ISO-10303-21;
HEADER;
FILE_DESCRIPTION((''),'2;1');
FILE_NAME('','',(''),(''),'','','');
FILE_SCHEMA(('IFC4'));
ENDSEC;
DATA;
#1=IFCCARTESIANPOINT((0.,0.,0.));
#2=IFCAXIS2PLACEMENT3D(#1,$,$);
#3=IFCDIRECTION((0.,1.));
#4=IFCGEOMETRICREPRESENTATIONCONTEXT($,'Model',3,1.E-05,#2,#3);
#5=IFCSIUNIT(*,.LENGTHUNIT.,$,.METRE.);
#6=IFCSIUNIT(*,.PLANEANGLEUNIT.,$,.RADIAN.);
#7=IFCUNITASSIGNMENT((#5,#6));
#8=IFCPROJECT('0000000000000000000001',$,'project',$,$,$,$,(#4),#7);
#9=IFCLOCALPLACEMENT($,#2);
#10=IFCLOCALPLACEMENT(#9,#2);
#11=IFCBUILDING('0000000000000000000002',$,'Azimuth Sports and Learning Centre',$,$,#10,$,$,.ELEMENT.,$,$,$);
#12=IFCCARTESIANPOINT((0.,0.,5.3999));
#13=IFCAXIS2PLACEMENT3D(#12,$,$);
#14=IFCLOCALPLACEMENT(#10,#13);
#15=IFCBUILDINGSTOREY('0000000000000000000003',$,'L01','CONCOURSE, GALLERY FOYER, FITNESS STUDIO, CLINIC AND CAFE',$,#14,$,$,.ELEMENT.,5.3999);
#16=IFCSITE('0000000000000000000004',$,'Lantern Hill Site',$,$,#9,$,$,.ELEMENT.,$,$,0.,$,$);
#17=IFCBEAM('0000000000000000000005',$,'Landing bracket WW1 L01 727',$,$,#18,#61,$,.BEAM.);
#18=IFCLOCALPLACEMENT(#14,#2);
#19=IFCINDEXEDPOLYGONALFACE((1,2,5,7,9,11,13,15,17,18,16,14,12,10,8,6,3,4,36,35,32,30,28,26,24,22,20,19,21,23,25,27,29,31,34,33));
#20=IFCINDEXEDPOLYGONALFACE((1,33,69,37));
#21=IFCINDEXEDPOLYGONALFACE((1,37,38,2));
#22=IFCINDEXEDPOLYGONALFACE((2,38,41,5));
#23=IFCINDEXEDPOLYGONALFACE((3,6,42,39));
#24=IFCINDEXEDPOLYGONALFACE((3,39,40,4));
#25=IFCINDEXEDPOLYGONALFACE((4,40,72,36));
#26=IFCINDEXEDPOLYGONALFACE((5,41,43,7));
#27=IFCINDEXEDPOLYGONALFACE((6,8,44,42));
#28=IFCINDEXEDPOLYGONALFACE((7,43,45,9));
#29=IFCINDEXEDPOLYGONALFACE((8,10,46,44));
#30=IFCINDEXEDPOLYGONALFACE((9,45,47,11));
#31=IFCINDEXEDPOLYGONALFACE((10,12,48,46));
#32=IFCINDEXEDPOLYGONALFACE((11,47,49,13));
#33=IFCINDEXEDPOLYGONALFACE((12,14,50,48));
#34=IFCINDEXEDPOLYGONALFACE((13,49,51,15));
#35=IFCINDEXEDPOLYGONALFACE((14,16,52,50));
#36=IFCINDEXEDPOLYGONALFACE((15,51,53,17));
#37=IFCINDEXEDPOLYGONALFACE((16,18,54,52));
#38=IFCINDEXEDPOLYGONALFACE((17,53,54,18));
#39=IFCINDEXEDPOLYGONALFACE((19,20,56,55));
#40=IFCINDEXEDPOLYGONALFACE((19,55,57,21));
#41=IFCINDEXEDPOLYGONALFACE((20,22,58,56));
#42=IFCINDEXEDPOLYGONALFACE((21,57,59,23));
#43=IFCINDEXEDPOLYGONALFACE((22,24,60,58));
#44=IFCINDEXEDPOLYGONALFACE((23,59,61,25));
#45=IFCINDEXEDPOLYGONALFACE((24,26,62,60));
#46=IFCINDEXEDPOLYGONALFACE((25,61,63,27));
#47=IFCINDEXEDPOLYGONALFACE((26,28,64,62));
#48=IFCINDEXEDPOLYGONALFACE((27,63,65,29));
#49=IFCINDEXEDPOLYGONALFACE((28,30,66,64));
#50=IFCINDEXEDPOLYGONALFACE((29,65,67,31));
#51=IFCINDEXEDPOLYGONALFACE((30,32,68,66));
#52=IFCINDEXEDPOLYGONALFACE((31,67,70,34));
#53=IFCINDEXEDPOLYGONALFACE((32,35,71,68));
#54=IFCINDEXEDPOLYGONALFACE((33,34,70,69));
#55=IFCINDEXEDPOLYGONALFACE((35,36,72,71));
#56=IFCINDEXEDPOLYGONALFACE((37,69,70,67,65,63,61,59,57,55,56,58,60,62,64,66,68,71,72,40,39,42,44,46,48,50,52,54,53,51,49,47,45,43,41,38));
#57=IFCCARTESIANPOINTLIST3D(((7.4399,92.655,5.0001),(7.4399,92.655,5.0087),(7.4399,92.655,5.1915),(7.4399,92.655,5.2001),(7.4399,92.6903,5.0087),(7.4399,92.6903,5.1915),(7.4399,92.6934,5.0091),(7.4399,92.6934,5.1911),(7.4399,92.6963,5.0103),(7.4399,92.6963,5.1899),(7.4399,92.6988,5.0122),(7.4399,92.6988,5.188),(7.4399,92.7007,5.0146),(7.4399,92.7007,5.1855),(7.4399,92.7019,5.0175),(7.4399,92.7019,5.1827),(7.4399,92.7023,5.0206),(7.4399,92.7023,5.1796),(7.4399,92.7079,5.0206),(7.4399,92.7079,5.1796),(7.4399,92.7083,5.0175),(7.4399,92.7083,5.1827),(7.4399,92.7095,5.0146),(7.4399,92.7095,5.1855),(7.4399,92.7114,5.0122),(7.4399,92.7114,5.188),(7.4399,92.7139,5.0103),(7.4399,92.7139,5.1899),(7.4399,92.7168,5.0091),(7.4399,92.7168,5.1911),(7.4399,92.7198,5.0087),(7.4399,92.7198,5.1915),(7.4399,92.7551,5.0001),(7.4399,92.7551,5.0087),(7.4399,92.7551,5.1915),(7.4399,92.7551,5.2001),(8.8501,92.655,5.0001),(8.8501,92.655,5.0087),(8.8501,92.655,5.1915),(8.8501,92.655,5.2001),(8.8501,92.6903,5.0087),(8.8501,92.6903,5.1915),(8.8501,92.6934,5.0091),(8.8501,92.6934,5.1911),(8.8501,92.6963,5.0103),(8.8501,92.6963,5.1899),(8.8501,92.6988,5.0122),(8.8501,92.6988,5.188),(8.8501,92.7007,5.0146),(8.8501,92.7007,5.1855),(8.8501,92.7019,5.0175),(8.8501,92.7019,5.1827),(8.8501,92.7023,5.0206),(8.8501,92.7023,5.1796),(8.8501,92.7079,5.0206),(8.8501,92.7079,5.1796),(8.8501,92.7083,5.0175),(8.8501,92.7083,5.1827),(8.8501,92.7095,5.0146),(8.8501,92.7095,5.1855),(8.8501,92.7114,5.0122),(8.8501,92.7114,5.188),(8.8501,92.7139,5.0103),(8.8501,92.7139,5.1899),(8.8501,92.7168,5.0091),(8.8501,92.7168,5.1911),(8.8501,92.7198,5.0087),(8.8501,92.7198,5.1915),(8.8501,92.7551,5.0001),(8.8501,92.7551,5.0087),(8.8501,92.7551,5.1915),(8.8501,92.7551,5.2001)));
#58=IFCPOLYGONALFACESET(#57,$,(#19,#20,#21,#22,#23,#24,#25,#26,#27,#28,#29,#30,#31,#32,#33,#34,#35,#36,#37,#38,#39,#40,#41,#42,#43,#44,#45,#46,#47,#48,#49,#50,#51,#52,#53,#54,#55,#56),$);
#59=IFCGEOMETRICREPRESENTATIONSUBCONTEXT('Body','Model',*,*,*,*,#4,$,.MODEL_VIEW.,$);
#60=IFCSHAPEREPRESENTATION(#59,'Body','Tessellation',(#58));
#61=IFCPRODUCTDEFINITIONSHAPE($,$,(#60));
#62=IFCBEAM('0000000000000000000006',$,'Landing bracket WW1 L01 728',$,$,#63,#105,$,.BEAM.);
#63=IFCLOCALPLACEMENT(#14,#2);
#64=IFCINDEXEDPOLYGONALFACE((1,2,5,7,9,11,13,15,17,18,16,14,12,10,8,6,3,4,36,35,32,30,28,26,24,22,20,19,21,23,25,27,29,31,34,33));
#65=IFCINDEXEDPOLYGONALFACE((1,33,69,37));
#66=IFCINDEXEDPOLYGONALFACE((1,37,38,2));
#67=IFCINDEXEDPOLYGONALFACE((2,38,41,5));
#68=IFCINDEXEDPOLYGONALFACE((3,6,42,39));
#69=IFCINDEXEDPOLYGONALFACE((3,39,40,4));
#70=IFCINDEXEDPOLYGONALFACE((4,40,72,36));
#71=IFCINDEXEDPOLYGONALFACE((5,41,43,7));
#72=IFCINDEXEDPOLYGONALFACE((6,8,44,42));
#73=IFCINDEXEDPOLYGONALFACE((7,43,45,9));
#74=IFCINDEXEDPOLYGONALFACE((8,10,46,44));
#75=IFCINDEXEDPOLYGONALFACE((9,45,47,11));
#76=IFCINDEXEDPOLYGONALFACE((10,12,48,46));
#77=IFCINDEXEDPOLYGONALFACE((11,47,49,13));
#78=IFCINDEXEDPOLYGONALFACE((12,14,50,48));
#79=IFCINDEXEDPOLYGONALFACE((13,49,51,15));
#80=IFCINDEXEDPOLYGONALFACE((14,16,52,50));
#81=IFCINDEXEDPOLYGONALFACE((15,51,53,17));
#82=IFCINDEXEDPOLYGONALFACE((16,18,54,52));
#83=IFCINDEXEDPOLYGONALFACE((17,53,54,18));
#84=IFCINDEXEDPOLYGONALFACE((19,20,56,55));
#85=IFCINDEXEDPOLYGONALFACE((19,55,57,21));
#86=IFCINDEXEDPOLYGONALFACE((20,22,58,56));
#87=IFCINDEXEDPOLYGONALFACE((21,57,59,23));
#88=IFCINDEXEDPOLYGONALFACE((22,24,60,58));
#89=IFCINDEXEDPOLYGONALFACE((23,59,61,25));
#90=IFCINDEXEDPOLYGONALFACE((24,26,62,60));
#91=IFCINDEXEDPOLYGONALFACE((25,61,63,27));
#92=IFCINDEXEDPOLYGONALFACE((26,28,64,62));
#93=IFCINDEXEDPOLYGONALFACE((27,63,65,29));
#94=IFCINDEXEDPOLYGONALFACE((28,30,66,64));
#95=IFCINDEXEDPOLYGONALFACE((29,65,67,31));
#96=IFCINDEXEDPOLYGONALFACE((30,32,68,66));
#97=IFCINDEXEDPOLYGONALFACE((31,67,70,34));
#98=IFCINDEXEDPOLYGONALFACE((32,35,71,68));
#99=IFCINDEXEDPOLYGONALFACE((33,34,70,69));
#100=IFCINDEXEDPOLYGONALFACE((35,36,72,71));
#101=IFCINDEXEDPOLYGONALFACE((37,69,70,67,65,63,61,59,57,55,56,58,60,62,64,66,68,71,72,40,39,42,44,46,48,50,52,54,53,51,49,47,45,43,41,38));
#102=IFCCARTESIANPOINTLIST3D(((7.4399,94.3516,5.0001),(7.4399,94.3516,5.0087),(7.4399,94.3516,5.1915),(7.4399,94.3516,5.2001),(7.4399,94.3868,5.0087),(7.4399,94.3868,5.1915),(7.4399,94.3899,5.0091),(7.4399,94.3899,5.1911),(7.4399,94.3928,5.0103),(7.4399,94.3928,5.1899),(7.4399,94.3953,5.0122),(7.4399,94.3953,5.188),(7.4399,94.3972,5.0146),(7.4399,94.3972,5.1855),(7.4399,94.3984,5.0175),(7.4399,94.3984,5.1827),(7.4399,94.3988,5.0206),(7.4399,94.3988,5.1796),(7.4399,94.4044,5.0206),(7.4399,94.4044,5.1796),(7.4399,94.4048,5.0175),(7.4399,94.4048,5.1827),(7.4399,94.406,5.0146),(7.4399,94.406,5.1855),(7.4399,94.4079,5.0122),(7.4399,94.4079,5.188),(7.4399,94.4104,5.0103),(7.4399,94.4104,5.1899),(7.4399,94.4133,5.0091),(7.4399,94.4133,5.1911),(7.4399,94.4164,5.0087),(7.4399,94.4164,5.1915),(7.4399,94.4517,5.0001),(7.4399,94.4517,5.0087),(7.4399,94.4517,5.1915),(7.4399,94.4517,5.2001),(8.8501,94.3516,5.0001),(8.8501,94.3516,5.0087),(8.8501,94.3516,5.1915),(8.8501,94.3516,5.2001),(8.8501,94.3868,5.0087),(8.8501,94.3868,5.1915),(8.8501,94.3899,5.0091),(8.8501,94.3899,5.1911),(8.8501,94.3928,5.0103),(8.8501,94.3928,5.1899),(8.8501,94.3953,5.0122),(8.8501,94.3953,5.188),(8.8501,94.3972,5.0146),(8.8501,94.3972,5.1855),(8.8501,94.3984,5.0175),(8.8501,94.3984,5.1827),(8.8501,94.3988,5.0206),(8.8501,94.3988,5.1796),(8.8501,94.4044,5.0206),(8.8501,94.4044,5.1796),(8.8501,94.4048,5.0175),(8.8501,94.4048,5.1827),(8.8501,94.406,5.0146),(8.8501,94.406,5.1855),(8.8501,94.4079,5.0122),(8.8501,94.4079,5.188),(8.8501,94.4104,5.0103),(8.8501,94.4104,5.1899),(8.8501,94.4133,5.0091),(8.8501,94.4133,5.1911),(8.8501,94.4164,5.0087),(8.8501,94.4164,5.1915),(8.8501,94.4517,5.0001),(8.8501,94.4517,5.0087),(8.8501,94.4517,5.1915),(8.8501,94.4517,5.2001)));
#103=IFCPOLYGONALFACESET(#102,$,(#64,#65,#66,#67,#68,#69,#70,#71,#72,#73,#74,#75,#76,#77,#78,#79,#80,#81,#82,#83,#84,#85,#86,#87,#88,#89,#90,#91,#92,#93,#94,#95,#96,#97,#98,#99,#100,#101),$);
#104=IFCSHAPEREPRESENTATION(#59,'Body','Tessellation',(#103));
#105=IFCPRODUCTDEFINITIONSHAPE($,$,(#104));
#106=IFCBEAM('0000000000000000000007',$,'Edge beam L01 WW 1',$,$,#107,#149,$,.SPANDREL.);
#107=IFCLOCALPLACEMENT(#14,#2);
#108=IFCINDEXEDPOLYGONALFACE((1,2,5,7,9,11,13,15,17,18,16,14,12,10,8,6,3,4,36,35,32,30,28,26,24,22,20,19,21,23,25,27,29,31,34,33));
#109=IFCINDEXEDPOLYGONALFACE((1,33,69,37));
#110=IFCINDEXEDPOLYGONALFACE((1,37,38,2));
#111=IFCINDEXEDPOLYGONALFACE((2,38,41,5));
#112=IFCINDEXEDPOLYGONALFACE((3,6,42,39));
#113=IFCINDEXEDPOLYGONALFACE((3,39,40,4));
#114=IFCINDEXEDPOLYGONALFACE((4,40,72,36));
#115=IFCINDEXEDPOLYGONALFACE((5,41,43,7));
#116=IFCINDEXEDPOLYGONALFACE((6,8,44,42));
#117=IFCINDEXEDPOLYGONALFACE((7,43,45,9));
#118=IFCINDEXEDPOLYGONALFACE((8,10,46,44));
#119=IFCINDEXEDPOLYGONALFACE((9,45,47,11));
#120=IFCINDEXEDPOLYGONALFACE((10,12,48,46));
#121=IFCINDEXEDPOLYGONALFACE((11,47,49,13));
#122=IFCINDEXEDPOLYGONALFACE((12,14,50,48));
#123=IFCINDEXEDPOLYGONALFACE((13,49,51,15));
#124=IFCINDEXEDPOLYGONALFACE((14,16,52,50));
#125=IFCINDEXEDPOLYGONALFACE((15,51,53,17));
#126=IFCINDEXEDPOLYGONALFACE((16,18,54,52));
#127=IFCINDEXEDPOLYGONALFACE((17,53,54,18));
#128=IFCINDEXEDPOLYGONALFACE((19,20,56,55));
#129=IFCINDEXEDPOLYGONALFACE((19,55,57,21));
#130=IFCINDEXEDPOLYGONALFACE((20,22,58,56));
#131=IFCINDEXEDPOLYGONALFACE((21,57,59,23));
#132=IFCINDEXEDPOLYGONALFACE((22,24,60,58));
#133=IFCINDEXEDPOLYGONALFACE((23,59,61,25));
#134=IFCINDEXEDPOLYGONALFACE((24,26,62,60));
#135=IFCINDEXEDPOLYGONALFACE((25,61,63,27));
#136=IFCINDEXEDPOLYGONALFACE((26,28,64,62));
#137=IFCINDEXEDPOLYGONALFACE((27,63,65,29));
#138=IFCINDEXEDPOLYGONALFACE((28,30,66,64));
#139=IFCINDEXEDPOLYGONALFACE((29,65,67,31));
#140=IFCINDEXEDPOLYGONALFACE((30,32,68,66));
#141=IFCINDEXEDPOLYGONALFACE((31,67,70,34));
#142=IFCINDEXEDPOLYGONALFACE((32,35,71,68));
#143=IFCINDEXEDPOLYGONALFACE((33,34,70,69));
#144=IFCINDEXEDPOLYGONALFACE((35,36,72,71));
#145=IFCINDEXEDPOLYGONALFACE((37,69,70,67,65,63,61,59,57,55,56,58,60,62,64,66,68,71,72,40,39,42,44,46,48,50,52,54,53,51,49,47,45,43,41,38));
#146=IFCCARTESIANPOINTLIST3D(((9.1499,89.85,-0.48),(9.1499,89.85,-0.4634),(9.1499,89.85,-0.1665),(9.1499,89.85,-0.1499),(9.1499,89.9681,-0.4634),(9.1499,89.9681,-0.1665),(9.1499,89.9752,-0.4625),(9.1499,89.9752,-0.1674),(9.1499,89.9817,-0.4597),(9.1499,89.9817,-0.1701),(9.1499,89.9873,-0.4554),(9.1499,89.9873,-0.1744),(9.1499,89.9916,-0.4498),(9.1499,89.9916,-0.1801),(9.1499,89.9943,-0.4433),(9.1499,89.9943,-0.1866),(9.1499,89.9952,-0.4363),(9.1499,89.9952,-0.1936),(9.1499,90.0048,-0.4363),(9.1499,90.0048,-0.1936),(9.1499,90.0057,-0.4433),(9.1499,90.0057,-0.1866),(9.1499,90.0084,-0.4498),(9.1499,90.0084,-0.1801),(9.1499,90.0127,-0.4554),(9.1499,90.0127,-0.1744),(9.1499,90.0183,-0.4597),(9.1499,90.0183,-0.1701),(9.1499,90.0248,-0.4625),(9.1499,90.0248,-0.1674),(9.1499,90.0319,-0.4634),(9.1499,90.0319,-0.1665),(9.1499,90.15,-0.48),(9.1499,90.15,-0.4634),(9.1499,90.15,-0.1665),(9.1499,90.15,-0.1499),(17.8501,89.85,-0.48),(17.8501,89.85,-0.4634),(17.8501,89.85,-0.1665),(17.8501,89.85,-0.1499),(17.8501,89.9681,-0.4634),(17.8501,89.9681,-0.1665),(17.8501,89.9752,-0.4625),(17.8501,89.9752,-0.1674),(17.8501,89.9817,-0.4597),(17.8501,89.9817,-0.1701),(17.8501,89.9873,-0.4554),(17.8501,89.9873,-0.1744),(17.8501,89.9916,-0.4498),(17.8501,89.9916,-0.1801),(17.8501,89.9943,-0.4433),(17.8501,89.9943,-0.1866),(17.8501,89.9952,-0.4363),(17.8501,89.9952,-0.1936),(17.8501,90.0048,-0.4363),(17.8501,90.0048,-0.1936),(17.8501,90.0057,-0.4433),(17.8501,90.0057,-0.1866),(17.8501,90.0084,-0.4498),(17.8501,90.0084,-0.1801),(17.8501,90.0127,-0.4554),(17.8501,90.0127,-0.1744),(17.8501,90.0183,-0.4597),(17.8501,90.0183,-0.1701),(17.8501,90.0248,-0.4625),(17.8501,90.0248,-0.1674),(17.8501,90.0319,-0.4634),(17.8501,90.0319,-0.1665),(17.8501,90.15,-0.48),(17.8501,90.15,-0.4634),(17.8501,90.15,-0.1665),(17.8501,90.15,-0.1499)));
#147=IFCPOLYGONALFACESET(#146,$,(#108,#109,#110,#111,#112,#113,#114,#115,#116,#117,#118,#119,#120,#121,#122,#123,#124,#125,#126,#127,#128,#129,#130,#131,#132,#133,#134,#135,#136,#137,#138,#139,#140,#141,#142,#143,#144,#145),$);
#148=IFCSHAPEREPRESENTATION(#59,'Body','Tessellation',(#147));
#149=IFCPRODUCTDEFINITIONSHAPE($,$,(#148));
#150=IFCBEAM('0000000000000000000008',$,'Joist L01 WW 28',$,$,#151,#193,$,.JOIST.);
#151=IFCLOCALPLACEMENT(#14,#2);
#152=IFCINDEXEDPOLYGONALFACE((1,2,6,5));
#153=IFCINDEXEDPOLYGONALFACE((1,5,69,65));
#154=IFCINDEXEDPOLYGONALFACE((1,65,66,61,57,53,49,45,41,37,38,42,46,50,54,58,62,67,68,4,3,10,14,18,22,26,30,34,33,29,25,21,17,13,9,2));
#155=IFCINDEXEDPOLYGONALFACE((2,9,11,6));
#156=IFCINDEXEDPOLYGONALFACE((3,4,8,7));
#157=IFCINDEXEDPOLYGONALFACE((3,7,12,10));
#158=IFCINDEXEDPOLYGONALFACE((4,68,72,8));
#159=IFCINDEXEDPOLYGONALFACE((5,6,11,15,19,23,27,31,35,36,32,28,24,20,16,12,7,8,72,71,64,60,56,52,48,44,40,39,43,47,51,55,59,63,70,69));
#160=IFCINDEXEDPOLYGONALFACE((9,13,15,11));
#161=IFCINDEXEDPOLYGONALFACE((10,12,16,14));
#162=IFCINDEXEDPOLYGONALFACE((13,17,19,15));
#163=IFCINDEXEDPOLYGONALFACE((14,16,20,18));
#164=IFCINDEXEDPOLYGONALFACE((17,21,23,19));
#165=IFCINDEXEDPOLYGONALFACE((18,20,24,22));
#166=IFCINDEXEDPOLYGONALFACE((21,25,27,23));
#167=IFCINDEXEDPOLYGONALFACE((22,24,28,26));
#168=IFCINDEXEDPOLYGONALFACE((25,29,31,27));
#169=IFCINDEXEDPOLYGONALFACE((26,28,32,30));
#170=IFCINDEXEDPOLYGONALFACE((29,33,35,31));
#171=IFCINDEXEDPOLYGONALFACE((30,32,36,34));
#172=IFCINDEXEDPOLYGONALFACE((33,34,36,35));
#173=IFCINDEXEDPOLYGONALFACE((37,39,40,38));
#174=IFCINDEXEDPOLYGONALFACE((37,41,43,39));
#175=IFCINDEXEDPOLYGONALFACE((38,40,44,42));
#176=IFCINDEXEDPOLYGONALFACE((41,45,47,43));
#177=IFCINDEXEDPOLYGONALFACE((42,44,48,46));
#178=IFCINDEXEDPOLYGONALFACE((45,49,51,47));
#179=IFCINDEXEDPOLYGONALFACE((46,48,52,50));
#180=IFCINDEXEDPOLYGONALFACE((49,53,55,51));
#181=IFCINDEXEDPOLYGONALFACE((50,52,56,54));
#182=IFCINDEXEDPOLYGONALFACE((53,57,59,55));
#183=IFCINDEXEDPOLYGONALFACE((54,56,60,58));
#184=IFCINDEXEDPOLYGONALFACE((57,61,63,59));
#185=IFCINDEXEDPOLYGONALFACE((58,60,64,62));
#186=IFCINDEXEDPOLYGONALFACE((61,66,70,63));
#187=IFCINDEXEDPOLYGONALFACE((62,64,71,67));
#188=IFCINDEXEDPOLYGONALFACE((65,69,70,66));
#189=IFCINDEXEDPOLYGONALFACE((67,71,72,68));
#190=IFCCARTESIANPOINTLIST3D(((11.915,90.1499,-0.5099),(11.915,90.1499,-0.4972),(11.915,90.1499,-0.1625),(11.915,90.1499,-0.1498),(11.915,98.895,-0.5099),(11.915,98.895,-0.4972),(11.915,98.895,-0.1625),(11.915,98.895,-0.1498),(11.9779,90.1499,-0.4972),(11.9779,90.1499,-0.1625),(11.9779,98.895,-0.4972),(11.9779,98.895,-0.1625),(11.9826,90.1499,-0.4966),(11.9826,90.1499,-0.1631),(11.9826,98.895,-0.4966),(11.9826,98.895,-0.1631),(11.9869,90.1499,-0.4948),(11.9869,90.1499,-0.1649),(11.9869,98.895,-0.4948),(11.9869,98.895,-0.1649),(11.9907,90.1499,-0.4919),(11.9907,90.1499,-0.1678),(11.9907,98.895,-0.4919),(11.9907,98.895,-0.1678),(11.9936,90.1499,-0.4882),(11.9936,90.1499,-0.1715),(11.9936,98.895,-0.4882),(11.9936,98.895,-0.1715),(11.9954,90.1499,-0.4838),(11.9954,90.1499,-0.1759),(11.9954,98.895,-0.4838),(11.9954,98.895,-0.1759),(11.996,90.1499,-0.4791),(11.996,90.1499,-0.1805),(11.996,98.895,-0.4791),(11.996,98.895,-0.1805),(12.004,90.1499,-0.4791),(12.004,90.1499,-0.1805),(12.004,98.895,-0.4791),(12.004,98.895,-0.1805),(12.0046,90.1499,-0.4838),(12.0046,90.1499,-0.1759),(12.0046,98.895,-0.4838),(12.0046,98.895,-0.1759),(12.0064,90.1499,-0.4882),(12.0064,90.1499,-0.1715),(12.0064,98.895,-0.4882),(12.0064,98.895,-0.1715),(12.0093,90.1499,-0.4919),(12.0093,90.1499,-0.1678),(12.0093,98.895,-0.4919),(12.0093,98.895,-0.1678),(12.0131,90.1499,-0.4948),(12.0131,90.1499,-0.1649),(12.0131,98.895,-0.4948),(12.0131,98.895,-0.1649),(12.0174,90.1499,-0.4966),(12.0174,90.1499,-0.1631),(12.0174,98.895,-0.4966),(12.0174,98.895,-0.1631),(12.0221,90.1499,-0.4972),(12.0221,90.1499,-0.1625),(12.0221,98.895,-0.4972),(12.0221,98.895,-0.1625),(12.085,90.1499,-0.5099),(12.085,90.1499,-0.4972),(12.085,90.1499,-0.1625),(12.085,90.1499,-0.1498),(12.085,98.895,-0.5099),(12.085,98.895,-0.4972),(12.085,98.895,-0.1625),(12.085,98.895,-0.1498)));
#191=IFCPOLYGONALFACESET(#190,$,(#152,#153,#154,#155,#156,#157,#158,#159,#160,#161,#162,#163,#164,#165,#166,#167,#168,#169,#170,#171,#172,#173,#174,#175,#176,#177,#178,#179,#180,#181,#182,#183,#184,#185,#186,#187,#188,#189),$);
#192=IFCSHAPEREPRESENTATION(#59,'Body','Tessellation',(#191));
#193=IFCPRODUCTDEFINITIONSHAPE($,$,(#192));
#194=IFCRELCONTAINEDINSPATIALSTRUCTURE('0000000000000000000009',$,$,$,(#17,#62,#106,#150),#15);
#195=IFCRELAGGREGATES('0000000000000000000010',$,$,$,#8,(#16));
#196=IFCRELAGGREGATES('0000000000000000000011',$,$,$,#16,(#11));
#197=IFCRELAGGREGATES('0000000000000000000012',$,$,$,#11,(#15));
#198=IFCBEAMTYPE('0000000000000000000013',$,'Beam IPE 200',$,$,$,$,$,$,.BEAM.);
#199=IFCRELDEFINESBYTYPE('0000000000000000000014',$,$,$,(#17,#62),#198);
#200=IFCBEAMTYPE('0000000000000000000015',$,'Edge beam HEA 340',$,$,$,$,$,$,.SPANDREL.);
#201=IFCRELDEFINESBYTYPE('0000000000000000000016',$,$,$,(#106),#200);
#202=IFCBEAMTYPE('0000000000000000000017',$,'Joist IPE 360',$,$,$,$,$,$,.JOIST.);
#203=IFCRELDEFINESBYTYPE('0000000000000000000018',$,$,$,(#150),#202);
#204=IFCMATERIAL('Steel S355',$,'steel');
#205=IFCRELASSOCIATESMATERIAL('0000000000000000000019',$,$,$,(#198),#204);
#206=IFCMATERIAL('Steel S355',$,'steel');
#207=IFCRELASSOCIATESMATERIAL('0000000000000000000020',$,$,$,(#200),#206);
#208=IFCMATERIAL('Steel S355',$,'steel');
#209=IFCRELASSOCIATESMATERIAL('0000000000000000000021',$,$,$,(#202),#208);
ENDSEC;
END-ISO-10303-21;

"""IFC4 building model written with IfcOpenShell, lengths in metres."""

from ifc_helpers import new_model, si_unit, direction, frame, origin, origin_2d, place, context, subcontext, project, spatial, i_section, extrude, material, material_profile, profile_set, type_object, element, save


model = new_model("IFC4")

# Units and contexts
model_context = context("Model", 3, precision=1e-05, world=origin(), true_north=direction((0.0, 1.0)))
body_context = subcontext(model_context, "Body", "Model", "MODEL_VIEW")
ifc_project = project(units=[si_unit("LENGTHUNIT", "METRE"), si_unit("PLANEANGLEUNIT", "RADIAN")], contexts=[model_context])

# Site, building, storey
site_placement = place(None, origin())
site = spatial("IfcSite", under=ifc_project, at=site_placement, Name="Lantern Hill Site", CompositionType="ELEMENT", RefElevation=0.0)
building_placement = place(site_placement, origin())
building = spatial("IfcBuilding", under=site, at=building_placement, Name="Azimuth Sports and Learning Centre", CompositionType="ELEMENT")
storey_placement = place(building_placement, frame((0.0, 0.0, 5.3999)))
storey = spatial("IfcBuildingStorey", under=building, at=storey_placement, Name="L01", Description="CONCOURSE, GALLERY FOYER, FITNESS STUDIO, CLINIC AND CAFE", CompositionType="ELEMENT", Elevation=5.3999)

# Beams
ifc_material_1 = material(Name="Steel S355", Category="steel")
ifc_material_profile_1 = material_profile(ifc_material_1, i_section(OverallWidth=0.1001, OverallDepth=0.2, WebThickness=0.0056, FlangeThickness=0.0085, FilletRadius=0.012, at=origin_2d()), Name="IPE 200")
ifc_profile_set_1 = profile_set([ifc_material_profile_1], Name="Steel S355")
beam_type_1 = type_object("IfcBeamType", Name="Beam IPE 200", PredefinedType="BEAM", material=ifc_profile_set_1)
for number, where, z_axis, x_axis, name in (
    (1, (8.8501, 92.7051, 5.1001), (-1.0, 0.0, 0.0), (0.0, -1.0, 0.0), "Landing bracket WW1 L01 727"),
    (2, (8.8501, 94.4016, 5.1001), (-1.0, 0.0, 0.0), (0.0, -1.0, 0.0), "Landing bracket WW1 L01 728"),
):
    element("IfcBeam", number, at=place(storey_placement, frame(where, z_axis=z_axis, x_axis=x_axis)), inside=storey, type_object=beam_type_1, Name=name, PredefinedType="BEAM", context=body_context, shape_type="SweptSolid", body=[
        extrude(i_section(OverallWidth=0.1001, OverallDepth=0.2, WebThickness=0.0056, FlangeThickness=0.0085, FilletRadius=0.012, at=origin_2d()), origin(), (0.0, 0.0, 1.0), 1.4102),
    ])
ifc_material_2 = material(Name="Steel S355", Category="steel")
ifc_material_profile_2 = material_profile(ifc_material_2, i_section(OverallWidth=0.3, OverallDepth=0.3301, WebThickness=0.0095, FlangeThickness=0.0166, FilletRadius=0.0271, at=origin_2d()), Name="HEA 340")
ifc_profile_set_2 = profile_set([ifc_material_profile_2], Name="Steel S355")
beam_type_2 = type_object("IfcBeamType", Name="Edge beam HEA 340", PredefinedType="SPANDREL", material=ifc_profile_set_2)
beam_placement = place(storey_placement, frame((9.1499, 90.0, -0.3149), z_axis=(1.0, 0.0, 0.0), x_axis=(0.0, 1.0, 0.0)))
element("IfcBeam", 3, at=beam_placement, inside=storey, type_object=beam_type_2, Name="Edge beam L01 WW 1", PredefinedType="SPANDREL", context=body_context, shape_type="SweptSolid", body=[
    extrude(i_section(OverallWidth=0.3, OverallDepth=0.3301, WebThickness=0.0095, FlangeThickness=0.0166, FilletRadius=0.0271, at=origin_2d()), origin(), (0.0, 0.0, 1.0), 8.7002),
])
ifc_material_3 = material(Name="Steel S355", Category="steel")
ifc_material_profile_3 = material_profile(ifc_material_3, i_section(OverallWidth=0.1699, OverallDepth=0.3601, WebThickness=0.0081, FlangeThickness=0.0127, FilletRadius=0.0181, at=origin_2d()), Name="IPE 360")
ifc_profile_set_3 = profile_set([ifc_material_profile_3], Name="Steel S355")
beam_type_3 = type_object("IfcBeamType", Name="Joist IPE 360", PredefinedType="JOIST", material=ifc_profile_set_3)
for number, where, z_axis, x_axis, name in (
    (4, (12.0, 90.1499, -0.3298), (0.0, 1.0, 0.0), (-1.0, 0.0, 0.0), "Joist L01 WW 28"),
):
    element("IfcBeam", number, at=place(storey_placement, frame(where, z_axis=z_axis, x_axis=x_axis)), inside=storey, type_object=beam_type_3, Name=name, PredefinedType="JOIST", context=body_context, shape_type="SweptSolid", body=[
        extrude(i_section(OverallWidth=0.1699, OverallDepth=0.3601, WebThickness=0.0081, FlangeThickness=0.0127, FilletRadius=0.0181, at=origin_2d()), origin(), (0.0, 0.0, 1.0), 8.7451),
    ])

save(model, "model.ifc")
